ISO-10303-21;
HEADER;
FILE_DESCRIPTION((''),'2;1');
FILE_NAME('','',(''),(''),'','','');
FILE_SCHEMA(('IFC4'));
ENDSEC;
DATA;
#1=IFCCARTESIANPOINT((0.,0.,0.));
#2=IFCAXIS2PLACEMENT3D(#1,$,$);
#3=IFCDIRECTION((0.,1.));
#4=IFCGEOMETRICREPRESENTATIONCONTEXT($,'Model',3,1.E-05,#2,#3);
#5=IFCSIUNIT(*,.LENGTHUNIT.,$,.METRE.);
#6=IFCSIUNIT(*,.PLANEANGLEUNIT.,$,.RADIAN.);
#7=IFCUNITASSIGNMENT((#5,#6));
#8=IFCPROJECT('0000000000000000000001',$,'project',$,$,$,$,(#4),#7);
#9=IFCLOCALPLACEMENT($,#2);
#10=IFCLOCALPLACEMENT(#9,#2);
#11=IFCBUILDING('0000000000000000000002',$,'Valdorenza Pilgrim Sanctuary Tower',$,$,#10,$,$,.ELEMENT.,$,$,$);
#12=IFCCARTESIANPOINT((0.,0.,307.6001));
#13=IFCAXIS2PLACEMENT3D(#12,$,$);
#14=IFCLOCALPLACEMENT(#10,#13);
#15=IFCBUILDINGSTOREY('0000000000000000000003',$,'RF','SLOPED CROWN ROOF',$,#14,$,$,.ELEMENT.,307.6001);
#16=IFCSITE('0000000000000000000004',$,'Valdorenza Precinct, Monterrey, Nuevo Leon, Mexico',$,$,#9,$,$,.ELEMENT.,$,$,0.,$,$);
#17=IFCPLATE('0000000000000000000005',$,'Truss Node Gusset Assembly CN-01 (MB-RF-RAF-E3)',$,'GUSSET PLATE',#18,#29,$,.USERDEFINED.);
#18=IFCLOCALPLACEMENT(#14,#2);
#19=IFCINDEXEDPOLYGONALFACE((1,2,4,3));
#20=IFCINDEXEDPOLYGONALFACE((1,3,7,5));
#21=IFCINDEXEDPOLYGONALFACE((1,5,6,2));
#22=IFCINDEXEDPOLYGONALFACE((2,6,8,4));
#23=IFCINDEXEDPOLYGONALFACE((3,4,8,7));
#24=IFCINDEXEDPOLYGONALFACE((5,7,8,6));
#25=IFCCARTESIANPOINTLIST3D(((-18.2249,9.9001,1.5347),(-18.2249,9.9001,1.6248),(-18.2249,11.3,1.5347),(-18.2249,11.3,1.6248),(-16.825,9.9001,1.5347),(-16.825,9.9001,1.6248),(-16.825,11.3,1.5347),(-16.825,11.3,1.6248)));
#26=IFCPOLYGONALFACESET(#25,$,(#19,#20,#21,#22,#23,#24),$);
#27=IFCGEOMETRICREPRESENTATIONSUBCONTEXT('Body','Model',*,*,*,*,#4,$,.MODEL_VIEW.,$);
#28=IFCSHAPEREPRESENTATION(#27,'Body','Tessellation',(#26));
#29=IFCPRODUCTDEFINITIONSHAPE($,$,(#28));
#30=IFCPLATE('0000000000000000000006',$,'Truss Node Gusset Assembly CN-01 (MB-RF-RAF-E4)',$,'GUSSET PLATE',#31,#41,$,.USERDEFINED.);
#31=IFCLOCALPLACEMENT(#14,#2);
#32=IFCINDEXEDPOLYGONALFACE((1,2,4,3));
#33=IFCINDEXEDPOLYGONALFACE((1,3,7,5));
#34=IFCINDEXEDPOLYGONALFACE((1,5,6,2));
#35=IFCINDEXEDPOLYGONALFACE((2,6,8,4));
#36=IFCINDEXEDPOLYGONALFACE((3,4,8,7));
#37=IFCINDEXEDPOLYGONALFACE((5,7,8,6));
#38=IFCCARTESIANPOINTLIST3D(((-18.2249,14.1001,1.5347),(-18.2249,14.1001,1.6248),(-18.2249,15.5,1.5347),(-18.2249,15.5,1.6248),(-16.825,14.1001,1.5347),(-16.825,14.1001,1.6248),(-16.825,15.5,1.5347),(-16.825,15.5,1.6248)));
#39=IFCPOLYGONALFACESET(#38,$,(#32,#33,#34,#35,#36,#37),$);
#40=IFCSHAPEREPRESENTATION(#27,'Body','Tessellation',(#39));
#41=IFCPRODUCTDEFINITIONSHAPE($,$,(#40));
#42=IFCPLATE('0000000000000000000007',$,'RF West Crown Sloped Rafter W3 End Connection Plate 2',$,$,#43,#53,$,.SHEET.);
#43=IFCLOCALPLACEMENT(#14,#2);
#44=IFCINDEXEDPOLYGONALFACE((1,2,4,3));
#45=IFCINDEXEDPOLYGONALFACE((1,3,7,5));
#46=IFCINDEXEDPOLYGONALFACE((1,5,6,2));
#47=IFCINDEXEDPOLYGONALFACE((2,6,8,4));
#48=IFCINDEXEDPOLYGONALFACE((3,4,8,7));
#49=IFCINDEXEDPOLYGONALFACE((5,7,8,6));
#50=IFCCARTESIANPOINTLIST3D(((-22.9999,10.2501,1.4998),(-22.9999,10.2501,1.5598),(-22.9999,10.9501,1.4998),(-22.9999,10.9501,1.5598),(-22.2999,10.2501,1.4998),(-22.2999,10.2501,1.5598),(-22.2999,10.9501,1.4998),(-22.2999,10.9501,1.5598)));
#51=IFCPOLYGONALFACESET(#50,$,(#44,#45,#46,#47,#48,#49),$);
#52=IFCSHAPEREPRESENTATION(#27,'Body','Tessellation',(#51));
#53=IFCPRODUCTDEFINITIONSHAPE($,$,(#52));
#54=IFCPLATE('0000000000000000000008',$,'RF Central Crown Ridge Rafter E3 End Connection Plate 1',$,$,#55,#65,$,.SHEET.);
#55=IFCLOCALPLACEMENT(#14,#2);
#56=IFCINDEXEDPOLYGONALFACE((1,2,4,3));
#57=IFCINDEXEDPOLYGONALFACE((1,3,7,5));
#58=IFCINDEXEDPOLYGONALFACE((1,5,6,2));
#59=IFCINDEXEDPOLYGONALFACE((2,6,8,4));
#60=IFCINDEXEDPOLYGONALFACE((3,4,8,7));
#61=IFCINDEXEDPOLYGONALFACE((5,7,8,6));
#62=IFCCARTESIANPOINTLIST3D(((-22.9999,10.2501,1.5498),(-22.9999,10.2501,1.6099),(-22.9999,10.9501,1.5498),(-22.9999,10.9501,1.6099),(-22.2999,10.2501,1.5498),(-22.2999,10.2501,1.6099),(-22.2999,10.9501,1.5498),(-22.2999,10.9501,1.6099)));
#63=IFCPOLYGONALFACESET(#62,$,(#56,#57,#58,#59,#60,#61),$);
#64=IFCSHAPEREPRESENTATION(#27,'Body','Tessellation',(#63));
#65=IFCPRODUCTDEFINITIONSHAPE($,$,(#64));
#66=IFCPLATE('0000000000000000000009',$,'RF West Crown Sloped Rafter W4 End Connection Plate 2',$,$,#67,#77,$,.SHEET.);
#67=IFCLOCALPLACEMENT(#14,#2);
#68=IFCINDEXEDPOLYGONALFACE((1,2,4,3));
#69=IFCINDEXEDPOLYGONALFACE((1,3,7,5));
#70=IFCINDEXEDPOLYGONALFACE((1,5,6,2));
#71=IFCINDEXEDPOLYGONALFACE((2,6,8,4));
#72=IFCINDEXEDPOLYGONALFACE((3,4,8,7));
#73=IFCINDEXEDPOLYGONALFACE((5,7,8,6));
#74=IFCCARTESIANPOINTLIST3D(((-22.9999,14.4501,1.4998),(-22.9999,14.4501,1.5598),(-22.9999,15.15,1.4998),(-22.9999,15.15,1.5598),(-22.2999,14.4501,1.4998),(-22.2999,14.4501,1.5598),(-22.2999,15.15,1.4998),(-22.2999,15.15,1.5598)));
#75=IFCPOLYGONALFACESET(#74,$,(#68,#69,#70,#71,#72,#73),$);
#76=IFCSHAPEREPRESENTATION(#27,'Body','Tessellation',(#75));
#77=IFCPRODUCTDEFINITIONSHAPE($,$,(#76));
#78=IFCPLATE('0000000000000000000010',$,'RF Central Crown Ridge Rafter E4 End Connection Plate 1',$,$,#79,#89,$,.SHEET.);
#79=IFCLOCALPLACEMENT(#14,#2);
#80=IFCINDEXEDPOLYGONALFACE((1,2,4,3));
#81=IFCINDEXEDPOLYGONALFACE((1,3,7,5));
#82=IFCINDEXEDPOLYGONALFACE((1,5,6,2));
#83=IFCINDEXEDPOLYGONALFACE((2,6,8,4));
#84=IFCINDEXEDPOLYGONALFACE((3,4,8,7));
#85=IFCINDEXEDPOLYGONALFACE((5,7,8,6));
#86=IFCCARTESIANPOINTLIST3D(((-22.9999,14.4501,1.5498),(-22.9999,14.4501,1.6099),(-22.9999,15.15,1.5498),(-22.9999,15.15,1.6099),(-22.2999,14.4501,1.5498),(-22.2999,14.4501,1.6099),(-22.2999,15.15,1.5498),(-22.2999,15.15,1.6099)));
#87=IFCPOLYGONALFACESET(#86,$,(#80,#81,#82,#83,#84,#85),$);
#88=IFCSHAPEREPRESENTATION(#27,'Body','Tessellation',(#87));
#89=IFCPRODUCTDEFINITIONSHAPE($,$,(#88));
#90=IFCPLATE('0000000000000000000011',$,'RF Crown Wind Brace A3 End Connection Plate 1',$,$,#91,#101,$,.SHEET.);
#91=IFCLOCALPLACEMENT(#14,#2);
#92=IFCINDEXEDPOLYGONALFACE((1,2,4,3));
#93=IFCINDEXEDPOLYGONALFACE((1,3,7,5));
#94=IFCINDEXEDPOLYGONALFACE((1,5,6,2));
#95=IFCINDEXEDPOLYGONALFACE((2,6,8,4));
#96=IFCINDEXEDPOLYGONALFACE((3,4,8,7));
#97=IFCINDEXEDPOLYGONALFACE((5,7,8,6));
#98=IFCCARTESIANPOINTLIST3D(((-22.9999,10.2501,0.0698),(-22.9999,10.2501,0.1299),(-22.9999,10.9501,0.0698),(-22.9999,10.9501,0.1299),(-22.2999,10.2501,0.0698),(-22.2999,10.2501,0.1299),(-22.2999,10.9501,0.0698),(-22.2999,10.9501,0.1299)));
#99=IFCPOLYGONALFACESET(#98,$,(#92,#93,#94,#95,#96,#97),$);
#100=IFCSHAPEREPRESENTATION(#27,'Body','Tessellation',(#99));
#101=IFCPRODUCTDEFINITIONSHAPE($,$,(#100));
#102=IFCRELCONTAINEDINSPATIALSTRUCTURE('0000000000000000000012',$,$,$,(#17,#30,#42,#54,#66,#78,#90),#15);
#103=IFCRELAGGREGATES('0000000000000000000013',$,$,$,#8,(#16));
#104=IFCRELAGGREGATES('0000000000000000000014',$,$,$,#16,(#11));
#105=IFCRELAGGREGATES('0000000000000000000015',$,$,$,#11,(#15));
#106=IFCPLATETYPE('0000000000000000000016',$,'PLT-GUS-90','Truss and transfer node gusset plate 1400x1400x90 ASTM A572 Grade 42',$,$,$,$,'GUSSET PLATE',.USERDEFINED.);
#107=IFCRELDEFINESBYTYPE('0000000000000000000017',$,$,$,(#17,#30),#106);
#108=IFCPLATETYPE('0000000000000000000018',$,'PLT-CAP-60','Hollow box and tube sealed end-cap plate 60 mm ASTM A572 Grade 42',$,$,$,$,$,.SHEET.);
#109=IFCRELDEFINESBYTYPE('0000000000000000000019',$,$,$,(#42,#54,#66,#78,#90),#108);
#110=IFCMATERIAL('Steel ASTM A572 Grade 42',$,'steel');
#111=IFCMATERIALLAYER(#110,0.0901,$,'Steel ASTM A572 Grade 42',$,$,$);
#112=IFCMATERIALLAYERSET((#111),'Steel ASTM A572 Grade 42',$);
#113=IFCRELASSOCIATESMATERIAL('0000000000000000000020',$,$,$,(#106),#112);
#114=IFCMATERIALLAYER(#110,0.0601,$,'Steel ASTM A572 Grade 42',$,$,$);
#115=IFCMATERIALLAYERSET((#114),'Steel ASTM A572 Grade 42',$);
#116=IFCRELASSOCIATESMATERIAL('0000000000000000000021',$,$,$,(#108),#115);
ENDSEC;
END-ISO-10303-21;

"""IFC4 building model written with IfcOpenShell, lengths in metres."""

from ifc_helpers import new_model, si_unit, direction, frame, origin, origin_2d, place, context, subcontext, project, spatial, rectangle, extrude, source, transform, mapped, material, layer, layer_set, type_object, element, save


model = new_model("IFC4")

# Units and contexts
model_context = context("Model", 3, precision=1e-05, world=origin(), true_north=direction((0.0, 1.0)))
body_context = subcontext(model_context, "Body", "Model", "MODEL_VIEW")
ifc_project = project(units=[si_unit("LENGTHUNIT", "METRE"), si_unit("PLANEANGLEUNIT", "RADIAN")], contexts=[model_context])

# Site, building, storey
site_placement = place(None, origin())
site = spatial("IfcSite", under=ifc_project, at=site_placement, Name="Valdorenza Precinct, Monterrey, Nuevo Leon, Mexico", CompositionType="ELEMENT", RefElevation=0.0)
building_placement = place(site_placement, origin())
building = spatial("IfcBuilding", under=site, at=building_placement, Name="Valdorenza Pilgrim Sanctuary Tower", CompositionType="ELEMENT")
storey_placement = place(building_placement, frame((0.0, 0.0, 307.6001)))
storey = spatial("IfcBuildingStorey", under=building, at=storey_placement, Name="RF", Description="SLOPED CROWN ROOF", CompositionType="ELEMENT", Elevation=307.6001)

# Plates
ifc_material_1 = material(Name="Steel ASTM A572 Grade 42", Category="steel")
ifc_layer_1 = layer(ifc_material_1, 0.0901, Name="Steel ASTM A572 Grade 42")
ifc_layer_set_1 = layer_set([ifc_layer_1], Name="Steel ASTM A572 Grade 42")
plate_type_1 = type_object("IfcPlateType", Name="PLT-GUS-90", Description="Truss and transfer node gusset plate 1400x1400x90 ASTM A572 Grade 42", ElementType="GUSSET PLATE", PredefinedType="USERDEFINED", material=ifc_layer_set_1)
shared_shape_1 = source(origin(), body_context, "Body", "SweptSolid", [
    extrude(rectangle(XDim=1.3999, YDim=1.3999, at=origin_2d()), origin(), (0.0, 0.0, 1.0), 0.0901),
])
for number, where, z_axis, x_axis, name in (
    (1, (-17.5249, 10.6001, 1.5347), (0.0, 0.0, 1.0), (1.0, 0.0, 0.0), "Truss Node Gusset Assembly CN-01 (MB-RF-RAF-E3)"),
    (2, (-17.5249, 14.8, 1.5347), (0.0, 0.0, 1.0), (1.0, 0.0, 0.0), "Truss Node Gusset Assembly CN-01 (MB-RF-RAF-E4)"),
):
    element("IfcPlate", number, at=place(storey_placement, frame(where, z_axis=z_axis, x_axis=x_axis)), inside=storey, type_object=plate_type_1, Name=name, ObjectType="GUSSET PLATE", PredefinedType="USERDEFINED", context=body_context, shape_type="MappedRepresentation", body=[
        mapped(shared_shape_1, transform((0.0, 0.0, 0.0), x_axis=(1.0, 0.0, 0.0), y_axis=(0.0, 1.0, 0.0), z_axis=(0.0, 0.0, 1.0), scale=1.0)),
    ])
ifc_layer_2 = layer(ifc_material_1, 0.0601, Name="Steel ASTM A572 Grade 42")
ifc_layer_set_2 = layer_set([ifc_layer_2], Name="Steel ASTM A572 Grade 42")
plate_type_2 = type_object("IfcPlateType", Name="PLT-CAP-60", Description="Hollow box and tube sealed end-cap plate 60 mm ASTM A572 Grade 42", PredefinedType="SHEET", material=ifc_layer_set_2)
shared_shape_2 = source(origin(), body_context, "Body", "SweptSolid", [
    extrude(rectangle(XDim=0.7, YDim=0.7, at=origin_2d()), origin(), (0.0, 0.0, 1.0), 0.0601),
])
for number, where, z_axis, x_axis, name in (
    (3, (-22.6499, 10.6001, 1.4998), (0.0, 0.0, 1.0), (1.0, 0.0, 0.0), "RF West Crown Sloped Rafter W3 End Connection Plate 2"),
    (4, (-22.6499, 10.6001, 1.5498), (0.0, 0.0, 1.0), (1.0, 0.0, 0.0), "RF Central Crown Ridge Rafter E3 End Connection Plate 1"),
    (5, (-22.6499, 14.8, 1.4998), (0.0, 0.0, 1.0), (1.0, 0.0, 0.0), "RF West Crown Sloped Rafter W4 End Connection Plate 2"),
    (6, (-22.6499, 14.8, 1.5498), (0.0, 0.0, 1.0), (1.0, 0.0, 0.0), "RF Central Crown Ridge Rafter E4 End Connection Plate 1"),
    (7, (-22.6499, 10.6001, 0.0698), (0.0, 0.0, 1.0), (1.0, 0.0, 0.0), "RF Crown Wind Brace A3 End Connection Plate 1"),
):
    element("IfcPlate", number, at=place(storey_placement, frame(where, z_axis=z_axis, x_axis=x_axis)), inside=storey, type_object=plate_type_2, Name=name, PredefinedType="SHEET", context=body_context, shape_type="MappedRepresentation", body=[
        mapped(shared_shape_2, transform((0.0, 0.0, 0.0), x_axis=(1.0, 0.0, 0.0), y_axis=(0.0, 1.0, 0.0), z_axis=(0.0, 0.0, 1.0), scale=1.0)),
    ])

save(model, "model.ifc")
